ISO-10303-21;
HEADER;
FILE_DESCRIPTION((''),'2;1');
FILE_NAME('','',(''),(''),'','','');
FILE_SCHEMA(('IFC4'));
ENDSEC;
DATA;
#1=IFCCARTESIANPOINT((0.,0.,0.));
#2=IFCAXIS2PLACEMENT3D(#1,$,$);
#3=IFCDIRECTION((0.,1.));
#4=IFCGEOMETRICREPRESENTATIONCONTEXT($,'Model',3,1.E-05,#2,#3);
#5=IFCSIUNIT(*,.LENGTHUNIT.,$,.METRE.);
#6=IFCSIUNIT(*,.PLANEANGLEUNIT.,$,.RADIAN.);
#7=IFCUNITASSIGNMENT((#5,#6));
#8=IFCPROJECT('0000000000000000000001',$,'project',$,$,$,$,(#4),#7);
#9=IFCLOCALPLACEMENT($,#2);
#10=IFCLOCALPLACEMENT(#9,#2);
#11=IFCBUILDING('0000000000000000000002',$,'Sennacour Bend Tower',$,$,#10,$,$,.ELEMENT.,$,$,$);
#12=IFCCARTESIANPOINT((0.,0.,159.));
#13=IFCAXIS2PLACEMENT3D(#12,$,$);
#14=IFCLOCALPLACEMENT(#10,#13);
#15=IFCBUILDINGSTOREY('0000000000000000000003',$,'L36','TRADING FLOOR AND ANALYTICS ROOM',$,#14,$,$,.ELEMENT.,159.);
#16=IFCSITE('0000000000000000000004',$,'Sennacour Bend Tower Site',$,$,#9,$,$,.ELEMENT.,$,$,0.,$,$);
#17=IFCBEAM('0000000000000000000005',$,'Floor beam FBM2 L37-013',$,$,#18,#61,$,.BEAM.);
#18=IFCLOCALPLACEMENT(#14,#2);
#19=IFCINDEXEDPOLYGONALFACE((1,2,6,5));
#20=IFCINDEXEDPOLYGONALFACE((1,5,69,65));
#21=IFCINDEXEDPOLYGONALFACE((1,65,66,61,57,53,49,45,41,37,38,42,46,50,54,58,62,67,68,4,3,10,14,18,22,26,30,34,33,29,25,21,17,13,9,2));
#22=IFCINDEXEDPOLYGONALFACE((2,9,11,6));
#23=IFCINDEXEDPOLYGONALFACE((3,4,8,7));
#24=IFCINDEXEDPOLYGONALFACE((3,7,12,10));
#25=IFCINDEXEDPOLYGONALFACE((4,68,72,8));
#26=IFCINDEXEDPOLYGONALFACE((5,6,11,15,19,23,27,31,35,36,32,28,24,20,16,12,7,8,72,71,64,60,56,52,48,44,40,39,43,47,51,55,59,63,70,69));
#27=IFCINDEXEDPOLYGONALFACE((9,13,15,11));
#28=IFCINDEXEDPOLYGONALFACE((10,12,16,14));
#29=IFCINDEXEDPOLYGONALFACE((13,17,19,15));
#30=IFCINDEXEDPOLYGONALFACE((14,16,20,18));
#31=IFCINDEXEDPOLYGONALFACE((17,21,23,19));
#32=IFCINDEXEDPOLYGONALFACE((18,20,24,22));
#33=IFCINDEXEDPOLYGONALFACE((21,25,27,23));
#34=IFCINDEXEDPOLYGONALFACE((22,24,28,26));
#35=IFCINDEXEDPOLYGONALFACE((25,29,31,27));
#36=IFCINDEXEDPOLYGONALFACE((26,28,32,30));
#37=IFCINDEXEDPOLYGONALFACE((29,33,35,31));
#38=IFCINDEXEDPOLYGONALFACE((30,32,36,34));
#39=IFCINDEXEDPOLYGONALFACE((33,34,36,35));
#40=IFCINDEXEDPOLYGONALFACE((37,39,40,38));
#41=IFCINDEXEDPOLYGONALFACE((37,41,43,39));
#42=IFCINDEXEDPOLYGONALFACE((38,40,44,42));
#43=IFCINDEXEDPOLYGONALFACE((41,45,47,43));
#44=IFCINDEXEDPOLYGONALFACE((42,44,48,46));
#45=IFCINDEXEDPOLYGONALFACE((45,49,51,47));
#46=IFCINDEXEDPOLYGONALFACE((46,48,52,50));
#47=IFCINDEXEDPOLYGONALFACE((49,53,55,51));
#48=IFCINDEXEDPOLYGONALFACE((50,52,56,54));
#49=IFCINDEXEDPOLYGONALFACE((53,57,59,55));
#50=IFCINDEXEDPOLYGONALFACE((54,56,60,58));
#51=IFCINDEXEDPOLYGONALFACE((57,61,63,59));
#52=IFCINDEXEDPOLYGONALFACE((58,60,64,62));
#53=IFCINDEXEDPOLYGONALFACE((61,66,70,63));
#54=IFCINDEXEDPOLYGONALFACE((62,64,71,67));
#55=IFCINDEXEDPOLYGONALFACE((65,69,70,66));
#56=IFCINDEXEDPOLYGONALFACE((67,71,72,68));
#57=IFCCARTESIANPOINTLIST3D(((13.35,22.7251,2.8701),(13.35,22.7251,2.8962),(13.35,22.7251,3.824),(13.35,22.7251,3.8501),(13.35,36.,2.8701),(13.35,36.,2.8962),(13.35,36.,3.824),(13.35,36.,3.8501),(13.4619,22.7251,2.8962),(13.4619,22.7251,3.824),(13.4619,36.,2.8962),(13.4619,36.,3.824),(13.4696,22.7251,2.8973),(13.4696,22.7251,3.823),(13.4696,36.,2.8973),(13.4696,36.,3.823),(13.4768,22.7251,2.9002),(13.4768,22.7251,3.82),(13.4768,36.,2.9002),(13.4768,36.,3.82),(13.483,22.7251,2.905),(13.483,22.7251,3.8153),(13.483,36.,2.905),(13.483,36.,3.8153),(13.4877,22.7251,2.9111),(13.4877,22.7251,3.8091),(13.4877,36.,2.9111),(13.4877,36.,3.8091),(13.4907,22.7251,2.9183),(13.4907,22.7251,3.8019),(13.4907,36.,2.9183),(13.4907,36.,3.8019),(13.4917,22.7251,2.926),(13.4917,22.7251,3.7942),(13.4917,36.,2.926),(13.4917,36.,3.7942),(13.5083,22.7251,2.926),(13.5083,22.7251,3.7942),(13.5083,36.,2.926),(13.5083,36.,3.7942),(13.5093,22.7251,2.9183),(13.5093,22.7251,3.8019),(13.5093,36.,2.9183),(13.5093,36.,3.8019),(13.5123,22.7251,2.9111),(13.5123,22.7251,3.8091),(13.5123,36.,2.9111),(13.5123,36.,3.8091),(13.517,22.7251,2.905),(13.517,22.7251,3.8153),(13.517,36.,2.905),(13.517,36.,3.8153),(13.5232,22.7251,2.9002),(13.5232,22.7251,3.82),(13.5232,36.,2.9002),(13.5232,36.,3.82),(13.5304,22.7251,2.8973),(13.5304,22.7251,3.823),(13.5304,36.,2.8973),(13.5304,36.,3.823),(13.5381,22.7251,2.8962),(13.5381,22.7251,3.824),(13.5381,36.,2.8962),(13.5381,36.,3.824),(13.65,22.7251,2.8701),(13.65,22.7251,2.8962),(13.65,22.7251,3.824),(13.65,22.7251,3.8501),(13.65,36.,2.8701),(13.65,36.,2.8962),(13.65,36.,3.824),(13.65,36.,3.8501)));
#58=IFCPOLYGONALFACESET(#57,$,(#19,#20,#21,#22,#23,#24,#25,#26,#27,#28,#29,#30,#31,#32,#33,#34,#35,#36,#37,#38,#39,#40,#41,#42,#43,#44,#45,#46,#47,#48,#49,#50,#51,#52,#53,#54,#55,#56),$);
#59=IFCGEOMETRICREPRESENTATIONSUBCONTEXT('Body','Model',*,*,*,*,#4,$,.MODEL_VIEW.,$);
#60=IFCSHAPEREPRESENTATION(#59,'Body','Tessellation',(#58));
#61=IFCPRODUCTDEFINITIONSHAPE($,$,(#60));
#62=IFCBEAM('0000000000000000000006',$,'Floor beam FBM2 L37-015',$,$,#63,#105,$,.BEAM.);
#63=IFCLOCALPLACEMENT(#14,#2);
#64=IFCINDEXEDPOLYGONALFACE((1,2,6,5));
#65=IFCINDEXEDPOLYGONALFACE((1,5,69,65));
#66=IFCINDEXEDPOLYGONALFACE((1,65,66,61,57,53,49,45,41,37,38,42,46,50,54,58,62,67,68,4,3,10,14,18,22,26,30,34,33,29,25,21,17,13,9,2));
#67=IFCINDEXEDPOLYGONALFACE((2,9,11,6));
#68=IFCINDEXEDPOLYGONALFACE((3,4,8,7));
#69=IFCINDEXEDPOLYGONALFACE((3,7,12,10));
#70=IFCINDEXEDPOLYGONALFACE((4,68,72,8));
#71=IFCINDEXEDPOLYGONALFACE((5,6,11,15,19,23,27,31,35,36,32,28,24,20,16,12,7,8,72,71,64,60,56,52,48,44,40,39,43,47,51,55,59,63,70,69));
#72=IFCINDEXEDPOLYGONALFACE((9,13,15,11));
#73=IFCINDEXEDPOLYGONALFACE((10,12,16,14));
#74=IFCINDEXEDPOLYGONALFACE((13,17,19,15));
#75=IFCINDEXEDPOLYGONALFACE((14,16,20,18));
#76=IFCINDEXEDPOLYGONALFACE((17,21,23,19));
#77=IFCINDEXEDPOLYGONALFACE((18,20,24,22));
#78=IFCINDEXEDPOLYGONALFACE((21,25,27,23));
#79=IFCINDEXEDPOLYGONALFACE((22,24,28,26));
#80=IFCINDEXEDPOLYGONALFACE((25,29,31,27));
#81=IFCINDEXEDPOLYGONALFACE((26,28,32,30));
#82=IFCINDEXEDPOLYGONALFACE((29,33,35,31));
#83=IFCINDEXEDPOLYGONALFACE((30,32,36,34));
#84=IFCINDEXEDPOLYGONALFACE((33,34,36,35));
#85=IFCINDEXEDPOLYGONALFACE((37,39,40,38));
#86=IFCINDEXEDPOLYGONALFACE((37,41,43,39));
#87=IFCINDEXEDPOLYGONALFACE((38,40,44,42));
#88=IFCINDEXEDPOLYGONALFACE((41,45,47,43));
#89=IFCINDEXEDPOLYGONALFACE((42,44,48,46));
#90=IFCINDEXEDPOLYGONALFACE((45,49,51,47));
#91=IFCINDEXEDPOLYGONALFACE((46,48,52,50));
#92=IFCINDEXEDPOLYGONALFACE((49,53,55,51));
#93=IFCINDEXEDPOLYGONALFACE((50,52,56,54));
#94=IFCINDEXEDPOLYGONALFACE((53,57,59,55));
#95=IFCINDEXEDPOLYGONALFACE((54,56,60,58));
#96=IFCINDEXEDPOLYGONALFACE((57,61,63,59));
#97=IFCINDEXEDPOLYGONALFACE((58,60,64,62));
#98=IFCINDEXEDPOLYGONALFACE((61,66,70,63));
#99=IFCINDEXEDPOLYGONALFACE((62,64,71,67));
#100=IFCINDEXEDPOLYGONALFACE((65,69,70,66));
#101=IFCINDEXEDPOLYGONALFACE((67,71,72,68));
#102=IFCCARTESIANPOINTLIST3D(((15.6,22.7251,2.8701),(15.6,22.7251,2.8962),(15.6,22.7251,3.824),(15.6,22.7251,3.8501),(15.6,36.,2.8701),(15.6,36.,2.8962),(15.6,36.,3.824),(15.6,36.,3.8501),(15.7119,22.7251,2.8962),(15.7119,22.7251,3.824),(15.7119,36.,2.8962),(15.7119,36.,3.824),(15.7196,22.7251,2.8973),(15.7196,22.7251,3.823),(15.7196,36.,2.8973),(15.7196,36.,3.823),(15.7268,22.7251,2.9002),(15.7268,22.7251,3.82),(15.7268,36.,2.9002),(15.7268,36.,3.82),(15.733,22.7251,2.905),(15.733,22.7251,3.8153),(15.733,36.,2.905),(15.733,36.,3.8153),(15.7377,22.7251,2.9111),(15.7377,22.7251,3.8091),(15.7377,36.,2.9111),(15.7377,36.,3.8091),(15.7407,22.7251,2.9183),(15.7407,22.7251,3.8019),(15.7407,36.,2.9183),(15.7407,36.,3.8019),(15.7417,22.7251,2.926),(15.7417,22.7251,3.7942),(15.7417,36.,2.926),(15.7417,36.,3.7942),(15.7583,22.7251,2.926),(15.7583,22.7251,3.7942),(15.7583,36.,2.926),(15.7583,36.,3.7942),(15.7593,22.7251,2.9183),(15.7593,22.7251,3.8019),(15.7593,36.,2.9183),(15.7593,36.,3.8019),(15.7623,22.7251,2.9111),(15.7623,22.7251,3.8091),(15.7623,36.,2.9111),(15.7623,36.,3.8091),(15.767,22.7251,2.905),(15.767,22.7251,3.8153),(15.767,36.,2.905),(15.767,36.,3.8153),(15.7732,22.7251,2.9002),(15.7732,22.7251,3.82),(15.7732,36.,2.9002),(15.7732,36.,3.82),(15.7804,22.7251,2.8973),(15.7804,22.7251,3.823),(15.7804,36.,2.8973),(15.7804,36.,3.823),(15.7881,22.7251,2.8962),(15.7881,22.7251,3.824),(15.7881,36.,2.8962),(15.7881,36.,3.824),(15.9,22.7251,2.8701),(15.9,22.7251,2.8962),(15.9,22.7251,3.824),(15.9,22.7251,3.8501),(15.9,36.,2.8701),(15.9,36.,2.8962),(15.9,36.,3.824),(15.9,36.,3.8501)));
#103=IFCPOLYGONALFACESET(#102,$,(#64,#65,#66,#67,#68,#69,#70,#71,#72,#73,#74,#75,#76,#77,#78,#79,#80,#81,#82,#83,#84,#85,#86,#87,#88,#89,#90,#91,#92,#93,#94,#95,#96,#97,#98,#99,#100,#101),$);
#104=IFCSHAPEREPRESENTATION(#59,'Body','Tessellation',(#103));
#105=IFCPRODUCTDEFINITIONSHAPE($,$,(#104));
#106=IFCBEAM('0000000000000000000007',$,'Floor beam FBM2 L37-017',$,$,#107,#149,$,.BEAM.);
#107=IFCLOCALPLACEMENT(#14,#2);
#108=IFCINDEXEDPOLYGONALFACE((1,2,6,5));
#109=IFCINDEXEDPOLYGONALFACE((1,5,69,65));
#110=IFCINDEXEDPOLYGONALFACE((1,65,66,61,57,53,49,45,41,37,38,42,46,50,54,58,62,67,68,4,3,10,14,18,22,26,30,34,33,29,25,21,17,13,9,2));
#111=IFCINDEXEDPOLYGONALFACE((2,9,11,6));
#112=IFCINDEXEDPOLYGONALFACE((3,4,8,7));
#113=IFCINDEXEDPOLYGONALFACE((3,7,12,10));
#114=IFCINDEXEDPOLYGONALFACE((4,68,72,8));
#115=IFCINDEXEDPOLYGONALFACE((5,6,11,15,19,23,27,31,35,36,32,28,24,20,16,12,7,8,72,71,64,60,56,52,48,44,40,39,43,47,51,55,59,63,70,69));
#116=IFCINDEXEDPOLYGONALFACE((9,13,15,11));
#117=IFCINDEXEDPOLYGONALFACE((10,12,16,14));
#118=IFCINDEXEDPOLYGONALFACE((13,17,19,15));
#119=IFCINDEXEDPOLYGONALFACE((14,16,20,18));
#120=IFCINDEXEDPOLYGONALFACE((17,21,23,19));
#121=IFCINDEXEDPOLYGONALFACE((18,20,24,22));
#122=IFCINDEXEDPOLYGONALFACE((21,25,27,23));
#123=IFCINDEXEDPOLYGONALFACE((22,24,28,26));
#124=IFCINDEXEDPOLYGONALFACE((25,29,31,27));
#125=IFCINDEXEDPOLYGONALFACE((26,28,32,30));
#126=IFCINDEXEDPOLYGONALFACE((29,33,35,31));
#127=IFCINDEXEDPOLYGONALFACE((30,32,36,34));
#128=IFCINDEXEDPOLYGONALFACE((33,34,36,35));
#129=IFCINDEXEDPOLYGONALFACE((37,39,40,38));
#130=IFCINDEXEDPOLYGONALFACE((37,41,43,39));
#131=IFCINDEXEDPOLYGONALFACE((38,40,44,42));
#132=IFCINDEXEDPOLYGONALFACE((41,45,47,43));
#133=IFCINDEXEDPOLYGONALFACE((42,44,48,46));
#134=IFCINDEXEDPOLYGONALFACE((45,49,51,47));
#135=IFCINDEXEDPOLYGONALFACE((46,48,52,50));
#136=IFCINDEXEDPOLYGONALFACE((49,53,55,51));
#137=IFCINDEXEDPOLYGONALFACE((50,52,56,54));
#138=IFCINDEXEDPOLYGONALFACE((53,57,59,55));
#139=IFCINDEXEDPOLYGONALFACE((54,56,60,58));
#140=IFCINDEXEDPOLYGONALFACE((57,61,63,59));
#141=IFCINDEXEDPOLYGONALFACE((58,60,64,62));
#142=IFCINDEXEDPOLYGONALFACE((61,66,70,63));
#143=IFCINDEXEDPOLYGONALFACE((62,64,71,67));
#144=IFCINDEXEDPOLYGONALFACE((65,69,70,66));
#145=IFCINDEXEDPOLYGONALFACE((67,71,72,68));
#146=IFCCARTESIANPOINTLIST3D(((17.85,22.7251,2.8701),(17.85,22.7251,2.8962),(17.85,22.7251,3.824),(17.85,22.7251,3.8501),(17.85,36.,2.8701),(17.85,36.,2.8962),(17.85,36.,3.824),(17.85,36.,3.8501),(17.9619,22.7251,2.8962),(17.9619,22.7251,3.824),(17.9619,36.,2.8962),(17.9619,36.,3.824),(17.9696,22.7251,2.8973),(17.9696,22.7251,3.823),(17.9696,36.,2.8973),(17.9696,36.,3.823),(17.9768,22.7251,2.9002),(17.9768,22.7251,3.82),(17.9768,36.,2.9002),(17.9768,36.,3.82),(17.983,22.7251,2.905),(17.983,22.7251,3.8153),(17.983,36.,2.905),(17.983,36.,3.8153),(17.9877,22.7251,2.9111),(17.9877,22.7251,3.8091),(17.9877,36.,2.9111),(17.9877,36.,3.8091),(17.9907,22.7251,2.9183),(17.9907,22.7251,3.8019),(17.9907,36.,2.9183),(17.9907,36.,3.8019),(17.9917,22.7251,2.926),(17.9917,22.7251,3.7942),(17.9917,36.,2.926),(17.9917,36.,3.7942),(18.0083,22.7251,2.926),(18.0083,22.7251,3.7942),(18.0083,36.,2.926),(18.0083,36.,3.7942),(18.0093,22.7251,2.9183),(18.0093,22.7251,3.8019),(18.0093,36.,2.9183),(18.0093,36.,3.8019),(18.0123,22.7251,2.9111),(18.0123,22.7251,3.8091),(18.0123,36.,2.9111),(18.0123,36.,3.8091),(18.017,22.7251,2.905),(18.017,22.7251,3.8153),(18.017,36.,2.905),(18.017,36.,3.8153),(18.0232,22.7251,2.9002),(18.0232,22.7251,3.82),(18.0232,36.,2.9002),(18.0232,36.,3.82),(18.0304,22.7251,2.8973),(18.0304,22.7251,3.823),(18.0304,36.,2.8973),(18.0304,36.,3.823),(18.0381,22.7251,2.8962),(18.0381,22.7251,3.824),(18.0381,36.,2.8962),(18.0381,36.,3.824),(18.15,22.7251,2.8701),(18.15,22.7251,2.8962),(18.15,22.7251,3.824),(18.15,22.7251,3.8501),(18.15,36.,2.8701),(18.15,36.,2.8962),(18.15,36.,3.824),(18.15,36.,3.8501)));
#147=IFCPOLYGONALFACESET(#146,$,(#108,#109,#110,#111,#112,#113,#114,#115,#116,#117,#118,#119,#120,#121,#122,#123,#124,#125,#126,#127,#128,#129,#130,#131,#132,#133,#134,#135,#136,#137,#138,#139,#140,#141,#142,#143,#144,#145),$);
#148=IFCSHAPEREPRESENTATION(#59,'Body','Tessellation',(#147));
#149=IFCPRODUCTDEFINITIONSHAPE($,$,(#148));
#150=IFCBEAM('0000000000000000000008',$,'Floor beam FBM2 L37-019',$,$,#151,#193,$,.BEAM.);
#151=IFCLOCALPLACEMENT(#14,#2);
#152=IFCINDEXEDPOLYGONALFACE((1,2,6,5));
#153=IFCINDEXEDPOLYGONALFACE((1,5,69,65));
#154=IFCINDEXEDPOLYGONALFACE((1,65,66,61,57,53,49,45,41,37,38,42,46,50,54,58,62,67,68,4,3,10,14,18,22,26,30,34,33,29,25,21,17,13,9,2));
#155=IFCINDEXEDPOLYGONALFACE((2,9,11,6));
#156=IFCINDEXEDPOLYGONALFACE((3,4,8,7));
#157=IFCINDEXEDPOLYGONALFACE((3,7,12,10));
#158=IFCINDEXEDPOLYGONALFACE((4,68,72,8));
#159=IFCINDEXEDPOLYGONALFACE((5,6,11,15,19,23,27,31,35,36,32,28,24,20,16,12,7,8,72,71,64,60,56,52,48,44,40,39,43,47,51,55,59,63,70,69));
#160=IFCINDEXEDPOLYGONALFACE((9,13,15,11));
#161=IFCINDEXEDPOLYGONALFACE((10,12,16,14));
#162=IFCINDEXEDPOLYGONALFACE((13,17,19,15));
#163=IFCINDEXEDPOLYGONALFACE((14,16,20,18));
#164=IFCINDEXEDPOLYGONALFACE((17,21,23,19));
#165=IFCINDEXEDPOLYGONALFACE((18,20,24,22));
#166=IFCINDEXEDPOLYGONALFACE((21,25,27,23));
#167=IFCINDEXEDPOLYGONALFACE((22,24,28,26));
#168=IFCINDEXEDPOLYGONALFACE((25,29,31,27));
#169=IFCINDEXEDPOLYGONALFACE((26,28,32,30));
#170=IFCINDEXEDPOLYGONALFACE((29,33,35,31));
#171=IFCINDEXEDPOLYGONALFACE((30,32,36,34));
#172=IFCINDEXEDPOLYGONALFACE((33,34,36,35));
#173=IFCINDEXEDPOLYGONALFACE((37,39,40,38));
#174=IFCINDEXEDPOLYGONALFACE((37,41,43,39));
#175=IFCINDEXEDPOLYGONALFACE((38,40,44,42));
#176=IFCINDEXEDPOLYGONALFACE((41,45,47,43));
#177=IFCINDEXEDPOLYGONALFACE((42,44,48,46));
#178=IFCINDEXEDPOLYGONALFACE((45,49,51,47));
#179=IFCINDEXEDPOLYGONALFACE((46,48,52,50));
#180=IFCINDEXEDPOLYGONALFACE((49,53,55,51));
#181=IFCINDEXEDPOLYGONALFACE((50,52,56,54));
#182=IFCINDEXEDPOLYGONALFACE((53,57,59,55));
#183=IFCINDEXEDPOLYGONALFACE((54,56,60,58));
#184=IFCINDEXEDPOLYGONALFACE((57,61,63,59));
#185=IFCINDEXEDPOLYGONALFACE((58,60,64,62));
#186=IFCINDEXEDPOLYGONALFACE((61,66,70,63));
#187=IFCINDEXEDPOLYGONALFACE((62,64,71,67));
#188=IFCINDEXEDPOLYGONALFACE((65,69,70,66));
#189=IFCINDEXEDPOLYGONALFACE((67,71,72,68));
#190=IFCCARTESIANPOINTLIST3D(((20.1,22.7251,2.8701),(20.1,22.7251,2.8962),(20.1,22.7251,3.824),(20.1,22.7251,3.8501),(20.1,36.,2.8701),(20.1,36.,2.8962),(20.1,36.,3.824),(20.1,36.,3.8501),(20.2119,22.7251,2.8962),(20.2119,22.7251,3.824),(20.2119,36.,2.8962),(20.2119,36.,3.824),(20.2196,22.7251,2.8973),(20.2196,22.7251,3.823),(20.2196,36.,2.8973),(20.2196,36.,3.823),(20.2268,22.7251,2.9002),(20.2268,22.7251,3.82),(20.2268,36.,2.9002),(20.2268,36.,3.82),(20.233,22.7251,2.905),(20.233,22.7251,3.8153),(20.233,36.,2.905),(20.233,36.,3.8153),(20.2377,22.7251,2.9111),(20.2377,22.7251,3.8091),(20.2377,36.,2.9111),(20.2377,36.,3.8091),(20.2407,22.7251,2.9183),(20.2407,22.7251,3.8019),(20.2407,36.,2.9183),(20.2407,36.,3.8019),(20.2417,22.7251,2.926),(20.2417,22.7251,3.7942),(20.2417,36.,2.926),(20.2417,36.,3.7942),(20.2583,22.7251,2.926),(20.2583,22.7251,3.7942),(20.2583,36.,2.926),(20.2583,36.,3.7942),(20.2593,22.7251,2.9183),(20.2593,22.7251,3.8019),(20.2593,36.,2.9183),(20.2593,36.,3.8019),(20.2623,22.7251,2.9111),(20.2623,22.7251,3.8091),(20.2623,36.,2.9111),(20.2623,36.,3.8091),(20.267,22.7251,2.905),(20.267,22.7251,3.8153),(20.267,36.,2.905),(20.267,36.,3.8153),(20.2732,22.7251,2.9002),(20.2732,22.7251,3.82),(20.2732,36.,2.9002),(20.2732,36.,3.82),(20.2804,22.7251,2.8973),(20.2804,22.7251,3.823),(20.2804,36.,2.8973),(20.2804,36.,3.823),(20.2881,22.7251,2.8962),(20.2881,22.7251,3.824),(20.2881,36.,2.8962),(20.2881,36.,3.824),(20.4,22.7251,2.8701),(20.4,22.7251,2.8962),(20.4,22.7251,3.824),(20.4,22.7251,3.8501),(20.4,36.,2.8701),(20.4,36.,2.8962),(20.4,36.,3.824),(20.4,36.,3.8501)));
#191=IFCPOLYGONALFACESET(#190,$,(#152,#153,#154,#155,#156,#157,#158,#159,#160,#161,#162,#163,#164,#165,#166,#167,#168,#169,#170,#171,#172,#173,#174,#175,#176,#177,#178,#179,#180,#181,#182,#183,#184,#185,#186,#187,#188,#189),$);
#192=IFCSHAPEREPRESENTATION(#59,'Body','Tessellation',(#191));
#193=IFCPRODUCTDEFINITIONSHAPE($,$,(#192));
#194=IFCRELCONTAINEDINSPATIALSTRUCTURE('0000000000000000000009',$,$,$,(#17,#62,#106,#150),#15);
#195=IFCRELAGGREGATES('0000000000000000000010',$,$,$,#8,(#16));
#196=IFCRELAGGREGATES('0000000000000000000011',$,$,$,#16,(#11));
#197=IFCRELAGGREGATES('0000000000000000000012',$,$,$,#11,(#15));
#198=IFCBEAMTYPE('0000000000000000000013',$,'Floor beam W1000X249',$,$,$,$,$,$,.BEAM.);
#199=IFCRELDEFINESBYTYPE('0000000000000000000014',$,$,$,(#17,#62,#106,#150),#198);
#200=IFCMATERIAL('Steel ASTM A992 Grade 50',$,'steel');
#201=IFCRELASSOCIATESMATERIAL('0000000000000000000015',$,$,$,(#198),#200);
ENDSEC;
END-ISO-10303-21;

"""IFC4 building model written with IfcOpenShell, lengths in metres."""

from ifc_helpers import new_model, si_unit, direction, frame, origin, origin_2d, place, context, subcontext, project, spatial, i_section, extrude, material, material_profile, profile_set, type_object, element, save


model = new_model("IFC4")

# Units and contexts
model_context = context("Model", 3, precision=1e-05, world=origin(), true_north=direction((0.0, 1.0)))
body_context = subcontext(model_context, "Body", "Model", "MODEL_VIEW")
ifc_project = project(units=[si_unit("LENGTHUNIT", "METRE"), si_unit("PLANEANGLEUNIT", "RADIAN")], contexts=[model_context])

# Site, building, storey
site_placement = place(None, origin())
site = spatial("IfcSite", under=ifc_project, at=site_placement, Name="Sennacour Bend Tower Site", CompositionType="ELEMENT", RefElevation=0.0)
building_placement = place(site_placement, origin())
building = spatial("IfcBuilding", under=site, at=building_placement, Name="Sennacour Bend Tower", CompositionType="ELEMENT")
storey_placement = place(building_placement, frame((0.0, 0.0, 159.0)))
storey = spatial("IfcBuildingStorey", under=building, at=storey_placement, Name="L36", Description="TRADING FLOOR AND ANALYTICS ROOM", CompositionType="ELEMENT", Elevation=159.0)

# Beams
ifc_material_1 = material(Name="Steel ASTM A992 Grade 50", Category="steel")
ifc_material_profile_1 = material_profile(ifc_material_1, i_section(OverallWidth=0.3, OverallDepth=0.98, WebThickness=0.0166, FlangeThickness=0.0261, FilletRadius=0.0298, at=origin_2d()), Name="Steel ASTM A992 Grade 50", Category="steel")
ifc_profile_set_1 = profile_set([ifc_material_profile_1], Name="Steel ASTM A992 Grade 50")
beam_type_1 = type_object("IfcBeamType", Name="Floor beam W1000X249", PredefinedType="BEAM", material=ifc_profile_set_1)
for number, where, z_axis, x_axis, name in (
    (1, (13.5, 22.7251, 3.3601), (0.0, 1.0, 0.0), (-1.0, 0.0, 0.0), "Floor beam FBM2 L37-013"),
    (2, (15.75, 22.7251, 3.3601), (0.0, 1.0, 0.0), (-1.0, 0.0, 0.0), "Floor beam FBM2 L37-015"),
    (3, (18.0, 22.7251, 3.3601), (0.0, 1.0, 0.0), (-1.0, 0.0, 0.0), "Floor beam FBM2 L37-017"),
    (4, (20.25, 22.7251, 3.3601), (0.0, 1.0, 0.0), (-1.0, 0.0, 0.0), "Floor beam FBM2 L37-019"),
):
    element("IfcBeam", number, at=place(storey_placement, frame(where, z_axis=z_axis, x_axis=x_axis)), inside=storey, type_object=beam_type_1, Name=name, PredefinedType="BEAM", context=body_context, shape_type="SweptSolid", body=[
        extrude(i_section(OverallWidth=0.3, OverallDepth=0.98, WebThickness=0.0166, FlangeThickness=0.0261, FilletRadius=0.0298, at=origin_2d()), origin(), (0.0, 0.0, 1.0), 13.2749),
    ])

save(model, "model.ifc")
